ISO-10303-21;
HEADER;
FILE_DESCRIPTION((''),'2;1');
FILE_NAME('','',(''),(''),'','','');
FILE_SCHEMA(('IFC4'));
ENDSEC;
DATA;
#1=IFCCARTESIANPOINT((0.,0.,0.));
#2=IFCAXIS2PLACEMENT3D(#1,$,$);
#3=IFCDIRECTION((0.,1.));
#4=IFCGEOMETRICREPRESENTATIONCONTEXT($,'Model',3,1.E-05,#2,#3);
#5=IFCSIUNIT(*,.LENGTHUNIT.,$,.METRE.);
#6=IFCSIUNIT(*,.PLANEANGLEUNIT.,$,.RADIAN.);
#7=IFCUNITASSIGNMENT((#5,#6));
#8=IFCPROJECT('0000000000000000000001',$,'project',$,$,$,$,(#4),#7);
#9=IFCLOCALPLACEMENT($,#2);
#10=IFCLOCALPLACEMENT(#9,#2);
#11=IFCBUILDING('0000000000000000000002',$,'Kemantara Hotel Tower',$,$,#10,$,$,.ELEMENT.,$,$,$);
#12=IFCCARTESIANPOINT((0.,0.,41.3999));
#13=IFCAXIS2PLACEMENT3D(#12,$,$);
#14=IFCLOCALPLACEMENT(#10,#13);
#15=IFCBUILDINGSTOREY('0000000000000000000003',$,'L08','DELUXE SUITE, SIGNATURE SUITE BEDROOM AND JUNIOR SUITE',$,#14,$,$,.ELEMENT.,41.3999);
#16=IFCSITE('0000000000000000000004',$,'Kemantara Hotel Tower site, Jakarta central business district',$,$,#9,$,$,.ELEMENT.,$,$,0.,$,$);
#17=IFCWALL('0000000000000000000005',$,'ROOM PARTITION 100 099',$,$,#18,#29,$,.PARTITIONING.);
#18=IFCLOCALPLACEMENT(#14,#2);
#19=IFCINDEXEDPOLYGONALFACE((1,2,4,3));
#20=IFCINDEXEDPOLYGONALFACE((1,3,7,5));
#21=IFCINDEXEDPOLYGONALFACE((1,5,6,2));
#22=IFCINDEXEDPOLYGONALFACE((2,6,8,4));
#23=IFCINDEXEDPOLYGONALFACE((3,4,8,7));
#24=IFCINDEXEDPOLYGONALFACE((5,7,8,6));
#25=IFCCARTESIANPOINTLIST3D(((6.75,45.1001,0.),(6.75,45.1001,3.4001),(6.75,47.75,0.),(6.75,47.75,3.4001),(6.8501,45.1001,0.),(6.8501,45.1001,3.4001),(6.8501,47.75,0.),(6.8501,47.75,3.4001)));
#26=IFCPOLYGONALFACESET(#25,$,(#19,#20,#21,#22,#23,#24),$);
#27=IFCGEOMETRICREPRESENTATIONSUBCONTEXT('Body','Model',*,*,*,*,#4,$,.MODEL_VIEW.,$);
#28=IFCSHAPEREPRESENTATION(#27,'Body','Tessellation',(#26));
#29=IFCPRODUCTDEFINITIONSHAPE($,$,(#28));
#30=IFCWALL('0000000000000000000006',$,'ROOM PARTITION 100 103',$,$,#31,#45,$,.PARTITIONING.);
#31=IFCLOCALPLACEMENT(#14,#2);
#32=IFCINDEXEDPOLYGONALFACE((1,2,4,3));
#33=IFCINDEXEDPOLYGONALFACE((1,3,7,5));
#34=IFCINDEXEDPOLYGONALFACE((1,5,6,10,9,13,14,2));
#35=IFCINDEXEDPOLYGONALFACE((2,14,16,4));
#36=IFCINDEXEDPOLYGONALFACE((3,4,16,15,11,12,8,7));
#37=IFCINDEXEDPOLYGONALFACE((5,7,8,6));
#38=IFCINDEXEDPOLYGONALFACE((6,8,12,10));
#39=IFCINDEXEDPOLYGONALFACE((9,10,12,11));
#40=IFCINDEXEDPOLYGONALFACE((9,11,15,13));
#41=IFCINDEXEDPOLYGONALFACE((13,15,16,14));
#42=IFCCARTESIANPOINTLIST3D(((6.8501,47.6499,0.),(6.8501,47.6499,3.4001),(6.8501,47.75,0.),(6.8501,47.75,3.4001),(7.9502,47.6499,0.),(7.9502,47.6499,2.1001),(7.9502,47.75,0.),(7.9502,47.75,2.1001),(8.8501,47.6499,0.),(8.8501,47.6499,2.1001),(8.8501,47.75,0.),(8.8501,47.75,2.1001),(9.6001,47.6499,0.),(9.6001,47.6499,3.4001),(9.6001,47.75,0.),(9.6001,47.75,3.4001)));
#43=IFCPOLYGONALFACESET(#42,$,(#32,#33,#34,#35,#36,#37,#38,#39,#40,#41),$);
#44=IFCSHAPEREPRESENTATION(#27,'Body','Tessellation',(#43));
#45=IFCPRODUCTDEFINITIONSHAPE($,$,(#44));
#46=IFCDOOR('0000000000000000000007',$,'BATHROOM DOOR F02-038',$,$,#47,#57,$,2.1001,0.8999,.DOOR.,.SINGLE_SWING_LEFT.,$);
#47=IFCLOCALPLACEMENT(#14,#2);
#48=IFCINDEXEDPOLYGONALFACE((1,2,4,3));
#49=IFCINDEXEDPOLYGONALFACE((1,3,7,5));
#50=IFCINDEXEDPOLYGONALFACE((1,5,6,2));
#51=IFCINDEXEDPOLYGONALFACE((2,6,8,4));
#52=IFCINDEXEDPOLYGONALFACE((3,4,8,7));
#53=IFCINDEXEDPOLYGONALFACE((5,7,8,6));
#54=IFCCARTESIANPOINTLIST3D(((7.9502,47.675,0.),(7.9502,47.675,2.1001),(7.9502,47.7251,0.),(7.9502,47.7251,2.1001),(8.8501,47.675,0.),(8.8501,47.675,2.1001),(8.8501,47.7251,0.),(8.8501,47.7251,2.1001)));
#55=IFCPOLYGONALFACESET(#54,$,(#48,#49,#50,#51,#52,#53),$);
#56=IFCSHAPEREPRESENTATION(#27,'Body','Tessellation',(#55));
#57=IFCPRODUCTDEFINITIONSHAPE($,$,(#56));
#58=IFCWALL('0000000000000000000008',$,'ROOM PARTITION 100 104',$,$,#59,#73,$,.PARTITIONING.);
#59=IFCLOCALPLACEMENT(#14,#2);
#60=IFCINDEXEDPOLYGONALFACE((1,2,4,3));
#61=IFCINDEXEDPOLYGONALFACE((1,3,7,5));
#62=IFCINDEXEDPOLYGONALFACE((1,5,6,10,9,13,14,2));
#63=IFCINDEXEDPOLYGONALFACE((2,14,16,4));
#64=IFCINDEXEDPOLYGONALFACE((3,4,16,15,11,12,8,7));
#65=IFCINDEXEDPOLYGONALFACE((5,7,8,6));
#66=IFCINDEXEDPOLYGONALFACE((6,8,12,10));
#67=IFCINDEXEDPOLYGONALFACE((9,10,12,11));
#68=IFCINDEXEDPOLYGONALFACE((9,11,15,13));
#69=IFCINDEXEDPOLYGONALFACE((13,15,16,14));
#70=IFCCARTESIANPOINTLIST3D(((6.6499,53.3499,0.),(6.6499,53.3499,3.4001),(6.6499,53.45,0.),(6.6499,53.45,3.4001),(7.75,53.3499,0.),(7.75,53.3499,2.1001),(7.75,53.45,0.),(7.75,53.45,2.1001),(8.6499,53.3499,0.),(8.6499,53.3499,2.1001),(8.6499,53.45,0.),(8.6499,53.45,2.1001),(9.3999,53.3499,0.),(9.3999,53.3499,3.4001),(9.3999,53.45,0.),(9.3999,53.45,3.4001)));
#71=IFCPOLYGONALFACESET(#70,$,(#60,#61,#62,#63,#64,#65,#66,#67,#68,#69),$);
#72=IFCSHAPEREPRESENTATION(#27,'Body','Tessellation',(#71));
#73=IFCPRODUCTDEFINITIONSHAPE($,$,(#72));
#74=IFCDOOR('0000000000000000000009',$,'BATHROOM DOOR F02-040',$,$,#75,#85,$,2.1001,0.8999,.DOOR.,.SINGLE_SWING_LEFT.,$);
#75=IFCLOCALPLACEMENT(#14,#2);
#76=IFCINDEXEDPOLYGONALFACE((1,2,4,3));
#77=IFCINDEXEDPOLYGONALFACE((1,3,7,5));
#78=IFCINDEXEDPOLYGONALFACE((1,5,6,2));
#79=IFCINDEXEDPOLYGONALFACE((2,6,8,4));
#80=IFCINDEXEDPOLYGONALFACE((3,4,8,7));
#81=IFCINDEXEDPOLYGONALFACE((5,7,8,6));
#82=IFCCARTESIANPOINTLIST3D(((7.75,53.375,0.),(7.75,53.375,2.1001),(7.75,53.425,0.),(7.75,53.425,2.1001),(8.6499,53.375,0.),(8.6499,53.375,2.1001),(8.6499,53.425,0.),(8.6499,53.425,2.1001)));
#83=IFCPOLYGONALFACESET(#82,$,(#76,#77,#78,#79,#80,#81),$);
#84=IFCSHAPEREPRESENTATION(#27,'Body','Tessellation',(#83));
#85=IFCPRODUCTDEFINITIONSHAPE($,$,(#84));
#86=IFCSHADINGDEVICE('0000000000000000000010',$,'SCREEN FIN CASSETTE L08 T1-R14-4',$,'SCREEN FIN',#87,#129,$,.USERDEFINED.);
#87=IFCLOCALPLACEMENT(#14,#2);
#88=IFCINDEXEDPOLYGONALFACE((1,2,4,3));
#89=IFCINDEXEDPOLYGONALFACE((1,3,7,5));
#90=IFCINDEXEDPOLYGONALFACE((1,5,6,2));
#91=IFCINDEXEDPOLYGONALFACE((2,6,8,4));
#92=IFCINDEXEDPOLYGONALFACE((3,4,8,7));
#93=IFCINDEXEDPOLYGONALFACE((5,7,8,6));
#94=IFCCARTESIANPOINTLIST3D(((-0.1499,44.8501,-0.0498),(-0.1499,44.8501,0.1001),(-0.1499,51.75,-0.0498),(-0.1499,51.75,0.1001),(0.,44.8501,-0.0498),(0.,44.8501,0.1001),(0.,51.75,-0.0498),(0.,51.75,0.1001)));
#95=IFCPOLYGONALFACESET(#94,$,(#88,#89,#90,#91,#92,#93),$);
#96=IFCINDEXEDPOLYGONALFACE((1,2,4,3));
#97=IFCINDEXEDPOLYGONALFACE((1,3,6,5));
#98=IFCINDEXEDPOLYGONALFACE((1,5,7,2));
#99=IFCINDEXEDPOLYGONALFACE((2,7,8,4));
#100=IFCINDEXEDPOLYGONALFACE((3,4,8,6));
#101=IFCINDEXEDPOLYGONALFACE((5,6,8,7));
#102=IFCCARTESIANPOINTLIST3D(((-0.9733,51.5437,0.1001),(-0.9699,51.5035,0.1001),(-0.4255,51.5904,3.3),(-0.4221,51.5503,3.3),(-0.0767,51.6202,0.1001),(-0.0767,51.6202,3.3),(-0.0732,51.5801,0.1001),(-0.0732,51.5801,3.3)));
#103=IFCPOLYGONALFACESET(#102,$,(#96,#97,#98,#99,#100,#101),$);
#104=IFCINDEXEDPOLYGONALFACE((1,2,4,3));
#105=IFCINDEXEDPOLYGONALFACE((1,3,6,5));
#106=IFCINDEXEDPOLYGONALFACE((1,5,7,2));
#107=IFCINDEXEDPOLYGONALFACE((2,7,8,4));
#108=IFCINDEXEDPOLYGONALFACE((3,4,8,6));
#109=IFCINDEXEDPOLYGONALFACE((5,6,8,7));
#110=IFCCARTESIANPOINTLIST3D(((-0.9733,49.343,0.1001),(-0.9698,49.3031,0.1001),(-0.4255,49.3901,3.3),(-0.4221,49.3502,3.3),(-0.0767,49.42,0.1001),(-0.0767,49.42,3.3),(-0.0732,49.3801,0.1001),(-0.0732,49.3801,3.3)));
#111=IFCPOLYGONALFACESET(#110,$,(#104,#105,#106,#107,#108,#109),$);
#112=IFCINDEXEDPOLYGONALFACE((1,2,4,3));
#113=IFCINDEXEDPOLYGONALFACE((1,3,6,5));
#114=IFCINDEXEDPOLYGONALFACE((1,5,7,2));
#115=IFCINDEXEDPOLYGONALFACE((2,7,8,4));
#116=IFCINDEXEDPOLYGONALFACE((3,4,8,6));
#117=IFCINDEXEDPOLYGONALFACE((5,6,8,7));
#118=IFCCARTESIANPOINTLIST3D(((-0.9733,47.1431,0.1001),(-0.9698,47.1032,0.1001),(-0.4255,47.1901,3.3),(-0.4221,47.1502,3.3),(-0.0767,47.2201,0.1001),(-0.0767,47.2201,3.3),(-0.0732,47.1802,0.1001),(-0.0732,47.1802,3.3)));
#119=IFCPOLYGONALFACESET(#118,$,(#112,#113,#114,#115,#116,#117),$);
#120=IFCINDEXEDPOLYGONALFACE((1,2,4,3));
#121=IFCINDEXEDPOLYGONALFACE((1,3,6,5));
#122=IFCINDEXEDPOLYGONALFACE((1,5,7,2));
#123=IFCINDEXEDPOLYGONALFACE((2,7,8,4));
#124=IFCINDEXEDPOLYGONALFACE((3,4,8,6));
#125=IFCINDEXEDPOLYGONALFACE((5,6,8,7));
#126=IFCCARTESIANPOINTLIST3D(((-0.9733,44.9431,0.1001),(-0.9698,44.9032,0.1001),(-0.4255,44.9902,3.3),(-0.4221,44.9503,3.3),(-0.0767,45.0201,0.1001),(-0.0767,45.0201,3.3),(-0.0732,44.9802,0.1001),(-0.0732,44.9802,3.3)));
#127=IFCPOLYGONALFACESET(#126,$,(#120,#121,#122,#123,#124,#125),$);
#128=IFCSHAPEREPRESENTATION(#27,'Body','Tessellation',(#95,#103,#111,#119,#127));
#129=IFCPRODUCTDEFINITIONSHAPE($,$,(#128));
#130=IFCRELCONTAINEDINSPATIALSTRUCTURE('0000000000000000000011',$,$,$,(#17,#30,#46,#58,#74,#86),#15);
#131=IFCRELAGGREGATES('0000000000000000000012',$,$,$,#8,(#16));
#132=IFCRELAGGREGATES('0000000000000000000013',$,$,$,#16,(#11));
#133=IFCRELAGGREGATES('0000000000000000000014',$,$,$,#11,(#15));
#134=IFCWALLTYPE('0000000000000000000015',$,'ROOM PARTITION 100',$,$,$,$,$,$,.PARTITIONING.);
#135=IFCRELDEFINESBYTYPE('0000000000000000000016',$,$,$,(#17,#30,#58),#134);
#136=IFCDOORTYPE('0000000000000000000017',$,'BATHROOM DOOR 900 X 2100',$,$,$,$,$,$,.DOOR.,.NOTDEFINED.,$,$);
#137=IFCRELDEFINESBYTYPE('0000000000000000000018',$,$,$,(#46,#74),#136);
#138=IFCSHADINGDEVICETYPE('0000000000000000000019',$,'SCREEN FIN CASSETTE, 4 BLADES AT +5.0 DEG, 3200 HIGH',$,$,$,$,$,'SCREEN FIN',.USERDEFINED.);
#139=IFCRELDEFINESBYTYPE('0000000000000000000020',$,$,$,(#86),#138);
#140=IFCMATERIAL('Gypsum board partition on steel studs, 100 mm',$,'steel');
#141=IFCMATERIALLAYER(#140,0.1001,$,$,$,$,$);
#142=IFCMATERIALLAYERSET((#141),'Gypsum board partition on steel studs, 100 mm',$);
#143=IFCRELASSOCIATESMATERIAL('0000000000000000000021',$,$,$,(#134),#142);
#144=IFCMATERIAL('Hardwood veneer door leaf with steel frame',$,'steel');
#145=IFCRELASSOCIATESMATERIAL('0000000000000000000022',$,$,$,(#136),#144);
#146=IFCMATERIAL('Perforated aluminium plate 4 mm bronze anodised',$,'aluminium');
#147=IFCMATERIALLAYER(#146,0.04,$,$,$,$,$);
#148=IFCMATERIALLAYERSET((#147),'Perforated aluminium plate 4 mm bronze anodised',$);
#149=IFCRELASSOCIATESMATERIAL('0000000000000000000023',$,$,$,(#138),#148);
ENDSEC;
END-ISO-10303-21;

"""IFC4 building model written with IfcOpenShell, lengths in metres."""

from ifc_helpers import new_model, si_unit, direction, frame, frame_2d, origin, origin_2d, place, context, subcontext, project, spatial, polyline, rectangle, outline, extrude, source, transform, mapped, material, layer, layer_set, type_object, element, fill, save


model = new_model("IFC4")

# Units and contexts
model_context = context("Model", 3, precision=1e-05, world=origin(), true_north=direction((0.0, 1.0)))
body_context = subcontext(model_context, "Body", "Model", "MODEL_VIEW")
ifc_project = project(units=[si_unit("LENGTHUNIT", "METRE"), si_unit("PLANEANGLEUNIT", "RADIAN")], contexts=[model_context])

# Site, building, storey
site_placement = place(None, origin())
site = spatial("IfcSite", under=ifc_project, at=site_placement, Name="Kemantara Hotel Tower site, Jakarta central business district", CompositionType="ELEMENT", RefElevation=0.0)
building_placement = place(site_placement, origin())
building = spatial("IfcBuilding", under=site, at=building_placement, Name="Kemantara Hotel Tower", CompositionType="ELEMENT")
storey_placement = place(building_placement, frame((0.0, 0.0, 41.3999)))
storey = spatial("IfcBuildingStorey", under=building, at=storey_placement, Name="L08", Description="DELUXE SUITE, SIGNATURE SUITE BEDROOM AND JUNIOR SUITE", CompositionType="ELEMENT", Elevation=41.3999)

# Shared definitions
ifc_material_1 = material(Name="Hardwood veneer door leaf with steel frame", Category="steel")

# Wall
ifc_material_2 = material(Name="Gypsum board partition on steel studs, 100 mm", Category="steel")
ifc_layer_1 = layer(ifc_material_2, 0.1001)
ifc_layer_set_1 = layer_set([ifc_layer_1], Name="Gypsum board partition on steel studs, 100 mm")
wall_type_1 = type_object("IfcWallType", Name="ROOM PARTITION 100", PredefinedType="PARTITIONING", material=ifc_layer_set_1)
wall_1_placement = place(storey_placement, frame((6.8, 45.1001, 0.0), z_axis=(0.0, 0.0, 1.0), x_axis=(0.0, 1.0, 0.0)))
element("IfcWall", 1, at=wall_1_placement, inside=storey, type_object=wall_type_1, Name="ROOM PARTITION 100 099", PredefinedType="PARTITIONING", context=body_context, shape_type="SweptSolid", body=[
    extrude(rectangle(XDim=2.6499, YDim=0.1001, at=frame_2d((1.325, 0.0))), origin(), (0.0, 0.0, 1.0), 3.4001),
])

# Walls, openings, doors
wall_2_placement = place(storey_placement, frame((9.6001, 47.7, 0.0), z_axis=(0.0, 0.0, 1.0), x_axis=(-1.0, 0.0, 0.0)))
wall_2 = element("IfcWall", 2, at=wall_2_placement, inside=storey, type_object=wall_type_1, Name="ROOM PARTITION 100 103", PredefinedType="PARTITIONING", context=body_context, shape_type="SweptSolid", body=[
    extrude(rectangle(XDim=2.75, YDim=0.1001, at=frame_2d((1.375, 0.0))), origin(), (0.0, 0.0, 1.0), 3.4001),
])
opening_1_placement = place(wall_2_placement, frame((0.75, 0.0, 0.0)))
opening_1 = element("IfcOpeningElement", 3, at=opening_1_placement, cuts=wall_2, PredefinedType="OPENING", context=body_context, shape_type="SweptSolid", body=[
    extrude(rectangle(XDim=0.8999, YDim=2.1001, at=frame_2d((0.45, 1.05))), frame((0.0, 0.0601, 0.0), z_axis=(0.0, -1.0, 0.0), x_axis=(1.0, 0.0, 0.0)), (0.0, 0.0, 1.0), 0.1201),
])
door_type_1 = type_object("IfcDoorType", Name="BATHROOM DOOR 900 X 2100", OperationType="NOTDEFINED", PredefinedType="DOOR", material=ifc_material_1)
door_1_placement = place(opening_1_placement, origin())
door_1 = element("IfcDoor", 4, at=door_1_placement, inside=storey, type_object=door_type_1, Name="BATHROOM DOOR F02-038", OperationType="SINGLE_SWING_LEFT", OverallHeight=2.1001, OverallWidth=0.8999, PredefinedType="DOOR", context=body_context, shape_type="SweptSolid", body=[
    extrude(rectangle(XDim=0.8999, YDim=2.1001, at=frame_2d((0.45, 1.05))), frame((0.0, 0.0249, 0.0), z_axis=(0.0, -1.0, 0.0), x_axis=(1.0, 0.0, 0.0)), (0.0, 0.0, 1.0), 0.05),
])
fill(opening_1, door_1)
wall_3_placement = place(storey_placement, frame((9.3999, 53.3999, 0.0), z_axis=(0.0, 0.0, 1.0), x_axis=(-1.0, 0.0, 0.0)))
wall_3 = element("IfcWall", 5, at=wall_3_placement, inside=storey, type_object=wall_type_1, Name="ROOM PARTITION 100 104", PredefinedType="PARTITIONING", context=body_context, shape_type="SweptSolid", body=[
    extrude(rectangle(XDim=2.75, YDim=0.1001, at=frame_2d((1.375, 0.0))), origin(), (0.0, 0.0, 1.0), 3.4001),
])
opening_2_placement = place(wall_3_placement, frame((0.75, 0.0, 0.0)))
opening_2 = element("IfcOpeningElement", 6, at=opening_2_placement, cuts=wall_3, PredefinedType="OPENING", context=body_context, shape_type="SweptSolid", body=[
    extrude(rectangle(XDim=0.8999, YDim=2.1001, at=frame_2d((0.45, 1.05))), frame((0.0, 0.0601, 0.0), z_axis=(0.0, -1.0, 0.0), x_axis=(1.0, 0.0, 0.0)), (0.0, 0.0, 1.0), 0.1201),
])
door_2_placement = place(opening_2_placement, origin())
door_2 = element("IfcDoor", 7, at=door_2_placement, inside=storey, type_object=door_type_1, Name="BATHROOM DOOR F02-040", OperationType="SINGLE_SWING_LEFT", OverallHeight=2.1001, OverallWidth=0.8999, PredefinedType="DOOR", context=body_context, shape_type="SweptSolid", body=[
    extrude(rectangle(XDim=0.8999, YDim=2.1001, at=frame_2d((0.45, 1.05))), frame((0.0, 0.0249, 0.0), z_axis=(0.0, -1.0, 0.0), x_axis=(1.0, 0.0, 0.0)), (0.0, 0.0, 1.0), 0.05),
])
fill(opening_2, door_2)

# Shading device
ifc_material_3 = material(Name="Perforated aluminium plate 4 mm bronze anodised", Category="aluminium")
ifc_layer_2 = layer(ifc_material_3, 0.04)
ifc_layer_set_2 = layer_set([ifc_layer_2], Name="Perforated aluminium plate 4 mm bronze anodised")
shading_device_type = type_object("IfcShadingDeviceType", Name="SCREEN FIN CASSETTE, 4 BLADES AT +5.0 DEG, 3200 HIGH", ElementType="SCREEN FIN", PredefinedType="USERDEFINED", material=ifc_layer_set_2)
shared_shape = source(origin(), body_context, "Body", "SweptSolid", [
    extrude(rectangle(XDim=6.8999, YDim=0.1499, at=origin_2d()), frame((3.3, -0.075, -0.1499), z_axis=(0.0, 0.0, 1.0), x_axis=(1.0, 0.0, 0.0)), (0.0, 0.0, 1.0), 0.1499),
    extrude(outline(polyline([(0.0, 0.0), (0.8999, 0.0), (0.3501, 3.2), (0.0, 3.2), (0.0, 0.0)])), frame((0.02, -0.0732, 0.0), z_axis=(-0.996376, -0.085056, 0.0), x_axis=(0.085056, -0.996376, 0.0)), (0.0, 0.0, 1.0), 0.0403),
    extrude(outline(polyline([(0.0, 0.0), (0.8999, 0.0), (0.3501, 3.2), (0.0, 3.2), (0.0, 0.0)])), frame((2.22, -0.0732, 0.0), z_axis=(-0.996332, -0.085575, 0.0), x_axis=(0.085575, -0.996332, 0.0)), (0.0, 0.0, 1.0), 0.04),
    extrude(outline(polyline([(0.0, 0.0), (0.8999, 0.0), (0.3501, 3.2), (0.0, 3.2), (0.0, 0.0)])), frame((4.4199, -0.0732, 0.0), z_axis=(-0.996332, -0.085575, 0.0), x_axis=(0.085575, -0.996332, 0.0)), (0.0, 0.0, 1.0), 0.04),
    extrude(outline(polyline([(0.0, 0.0), (0.8999, 0.0), (0.3501, 3.2), (0.0, 3.2), (0.0, 0.0)])), frame((6.6199, -0.0732, 0.0), z_axis=(-0.996332, -0.085575, 0.0), x_axis=(0.085575, -0.996332, 0.0)), (0.0, 0.0, 1.0), 0.04),
])
shading_device_placement = place(storey_placement, frame((0.0, 51.6001, 0.1001), z_axis=(0.0, 0.0, 1.0), x_axis=(0.0, -1.0, 0.0)))
element("IfcShadingDevice", 8, at=shading_device_placement, inside=storey, type_object=shading_device_type, Name="SCREEN FIN CASSETTE L08 T1-R14-4", ObjectType="SCREEN FIN", PredefinedType="USERDEFINED", context=body_context, shape_type="MappedRepresentation", body=[
    mapped(shared_shape, transform((0.0, 0.0, 0.0))),
])

save(model, "model.ifc")
